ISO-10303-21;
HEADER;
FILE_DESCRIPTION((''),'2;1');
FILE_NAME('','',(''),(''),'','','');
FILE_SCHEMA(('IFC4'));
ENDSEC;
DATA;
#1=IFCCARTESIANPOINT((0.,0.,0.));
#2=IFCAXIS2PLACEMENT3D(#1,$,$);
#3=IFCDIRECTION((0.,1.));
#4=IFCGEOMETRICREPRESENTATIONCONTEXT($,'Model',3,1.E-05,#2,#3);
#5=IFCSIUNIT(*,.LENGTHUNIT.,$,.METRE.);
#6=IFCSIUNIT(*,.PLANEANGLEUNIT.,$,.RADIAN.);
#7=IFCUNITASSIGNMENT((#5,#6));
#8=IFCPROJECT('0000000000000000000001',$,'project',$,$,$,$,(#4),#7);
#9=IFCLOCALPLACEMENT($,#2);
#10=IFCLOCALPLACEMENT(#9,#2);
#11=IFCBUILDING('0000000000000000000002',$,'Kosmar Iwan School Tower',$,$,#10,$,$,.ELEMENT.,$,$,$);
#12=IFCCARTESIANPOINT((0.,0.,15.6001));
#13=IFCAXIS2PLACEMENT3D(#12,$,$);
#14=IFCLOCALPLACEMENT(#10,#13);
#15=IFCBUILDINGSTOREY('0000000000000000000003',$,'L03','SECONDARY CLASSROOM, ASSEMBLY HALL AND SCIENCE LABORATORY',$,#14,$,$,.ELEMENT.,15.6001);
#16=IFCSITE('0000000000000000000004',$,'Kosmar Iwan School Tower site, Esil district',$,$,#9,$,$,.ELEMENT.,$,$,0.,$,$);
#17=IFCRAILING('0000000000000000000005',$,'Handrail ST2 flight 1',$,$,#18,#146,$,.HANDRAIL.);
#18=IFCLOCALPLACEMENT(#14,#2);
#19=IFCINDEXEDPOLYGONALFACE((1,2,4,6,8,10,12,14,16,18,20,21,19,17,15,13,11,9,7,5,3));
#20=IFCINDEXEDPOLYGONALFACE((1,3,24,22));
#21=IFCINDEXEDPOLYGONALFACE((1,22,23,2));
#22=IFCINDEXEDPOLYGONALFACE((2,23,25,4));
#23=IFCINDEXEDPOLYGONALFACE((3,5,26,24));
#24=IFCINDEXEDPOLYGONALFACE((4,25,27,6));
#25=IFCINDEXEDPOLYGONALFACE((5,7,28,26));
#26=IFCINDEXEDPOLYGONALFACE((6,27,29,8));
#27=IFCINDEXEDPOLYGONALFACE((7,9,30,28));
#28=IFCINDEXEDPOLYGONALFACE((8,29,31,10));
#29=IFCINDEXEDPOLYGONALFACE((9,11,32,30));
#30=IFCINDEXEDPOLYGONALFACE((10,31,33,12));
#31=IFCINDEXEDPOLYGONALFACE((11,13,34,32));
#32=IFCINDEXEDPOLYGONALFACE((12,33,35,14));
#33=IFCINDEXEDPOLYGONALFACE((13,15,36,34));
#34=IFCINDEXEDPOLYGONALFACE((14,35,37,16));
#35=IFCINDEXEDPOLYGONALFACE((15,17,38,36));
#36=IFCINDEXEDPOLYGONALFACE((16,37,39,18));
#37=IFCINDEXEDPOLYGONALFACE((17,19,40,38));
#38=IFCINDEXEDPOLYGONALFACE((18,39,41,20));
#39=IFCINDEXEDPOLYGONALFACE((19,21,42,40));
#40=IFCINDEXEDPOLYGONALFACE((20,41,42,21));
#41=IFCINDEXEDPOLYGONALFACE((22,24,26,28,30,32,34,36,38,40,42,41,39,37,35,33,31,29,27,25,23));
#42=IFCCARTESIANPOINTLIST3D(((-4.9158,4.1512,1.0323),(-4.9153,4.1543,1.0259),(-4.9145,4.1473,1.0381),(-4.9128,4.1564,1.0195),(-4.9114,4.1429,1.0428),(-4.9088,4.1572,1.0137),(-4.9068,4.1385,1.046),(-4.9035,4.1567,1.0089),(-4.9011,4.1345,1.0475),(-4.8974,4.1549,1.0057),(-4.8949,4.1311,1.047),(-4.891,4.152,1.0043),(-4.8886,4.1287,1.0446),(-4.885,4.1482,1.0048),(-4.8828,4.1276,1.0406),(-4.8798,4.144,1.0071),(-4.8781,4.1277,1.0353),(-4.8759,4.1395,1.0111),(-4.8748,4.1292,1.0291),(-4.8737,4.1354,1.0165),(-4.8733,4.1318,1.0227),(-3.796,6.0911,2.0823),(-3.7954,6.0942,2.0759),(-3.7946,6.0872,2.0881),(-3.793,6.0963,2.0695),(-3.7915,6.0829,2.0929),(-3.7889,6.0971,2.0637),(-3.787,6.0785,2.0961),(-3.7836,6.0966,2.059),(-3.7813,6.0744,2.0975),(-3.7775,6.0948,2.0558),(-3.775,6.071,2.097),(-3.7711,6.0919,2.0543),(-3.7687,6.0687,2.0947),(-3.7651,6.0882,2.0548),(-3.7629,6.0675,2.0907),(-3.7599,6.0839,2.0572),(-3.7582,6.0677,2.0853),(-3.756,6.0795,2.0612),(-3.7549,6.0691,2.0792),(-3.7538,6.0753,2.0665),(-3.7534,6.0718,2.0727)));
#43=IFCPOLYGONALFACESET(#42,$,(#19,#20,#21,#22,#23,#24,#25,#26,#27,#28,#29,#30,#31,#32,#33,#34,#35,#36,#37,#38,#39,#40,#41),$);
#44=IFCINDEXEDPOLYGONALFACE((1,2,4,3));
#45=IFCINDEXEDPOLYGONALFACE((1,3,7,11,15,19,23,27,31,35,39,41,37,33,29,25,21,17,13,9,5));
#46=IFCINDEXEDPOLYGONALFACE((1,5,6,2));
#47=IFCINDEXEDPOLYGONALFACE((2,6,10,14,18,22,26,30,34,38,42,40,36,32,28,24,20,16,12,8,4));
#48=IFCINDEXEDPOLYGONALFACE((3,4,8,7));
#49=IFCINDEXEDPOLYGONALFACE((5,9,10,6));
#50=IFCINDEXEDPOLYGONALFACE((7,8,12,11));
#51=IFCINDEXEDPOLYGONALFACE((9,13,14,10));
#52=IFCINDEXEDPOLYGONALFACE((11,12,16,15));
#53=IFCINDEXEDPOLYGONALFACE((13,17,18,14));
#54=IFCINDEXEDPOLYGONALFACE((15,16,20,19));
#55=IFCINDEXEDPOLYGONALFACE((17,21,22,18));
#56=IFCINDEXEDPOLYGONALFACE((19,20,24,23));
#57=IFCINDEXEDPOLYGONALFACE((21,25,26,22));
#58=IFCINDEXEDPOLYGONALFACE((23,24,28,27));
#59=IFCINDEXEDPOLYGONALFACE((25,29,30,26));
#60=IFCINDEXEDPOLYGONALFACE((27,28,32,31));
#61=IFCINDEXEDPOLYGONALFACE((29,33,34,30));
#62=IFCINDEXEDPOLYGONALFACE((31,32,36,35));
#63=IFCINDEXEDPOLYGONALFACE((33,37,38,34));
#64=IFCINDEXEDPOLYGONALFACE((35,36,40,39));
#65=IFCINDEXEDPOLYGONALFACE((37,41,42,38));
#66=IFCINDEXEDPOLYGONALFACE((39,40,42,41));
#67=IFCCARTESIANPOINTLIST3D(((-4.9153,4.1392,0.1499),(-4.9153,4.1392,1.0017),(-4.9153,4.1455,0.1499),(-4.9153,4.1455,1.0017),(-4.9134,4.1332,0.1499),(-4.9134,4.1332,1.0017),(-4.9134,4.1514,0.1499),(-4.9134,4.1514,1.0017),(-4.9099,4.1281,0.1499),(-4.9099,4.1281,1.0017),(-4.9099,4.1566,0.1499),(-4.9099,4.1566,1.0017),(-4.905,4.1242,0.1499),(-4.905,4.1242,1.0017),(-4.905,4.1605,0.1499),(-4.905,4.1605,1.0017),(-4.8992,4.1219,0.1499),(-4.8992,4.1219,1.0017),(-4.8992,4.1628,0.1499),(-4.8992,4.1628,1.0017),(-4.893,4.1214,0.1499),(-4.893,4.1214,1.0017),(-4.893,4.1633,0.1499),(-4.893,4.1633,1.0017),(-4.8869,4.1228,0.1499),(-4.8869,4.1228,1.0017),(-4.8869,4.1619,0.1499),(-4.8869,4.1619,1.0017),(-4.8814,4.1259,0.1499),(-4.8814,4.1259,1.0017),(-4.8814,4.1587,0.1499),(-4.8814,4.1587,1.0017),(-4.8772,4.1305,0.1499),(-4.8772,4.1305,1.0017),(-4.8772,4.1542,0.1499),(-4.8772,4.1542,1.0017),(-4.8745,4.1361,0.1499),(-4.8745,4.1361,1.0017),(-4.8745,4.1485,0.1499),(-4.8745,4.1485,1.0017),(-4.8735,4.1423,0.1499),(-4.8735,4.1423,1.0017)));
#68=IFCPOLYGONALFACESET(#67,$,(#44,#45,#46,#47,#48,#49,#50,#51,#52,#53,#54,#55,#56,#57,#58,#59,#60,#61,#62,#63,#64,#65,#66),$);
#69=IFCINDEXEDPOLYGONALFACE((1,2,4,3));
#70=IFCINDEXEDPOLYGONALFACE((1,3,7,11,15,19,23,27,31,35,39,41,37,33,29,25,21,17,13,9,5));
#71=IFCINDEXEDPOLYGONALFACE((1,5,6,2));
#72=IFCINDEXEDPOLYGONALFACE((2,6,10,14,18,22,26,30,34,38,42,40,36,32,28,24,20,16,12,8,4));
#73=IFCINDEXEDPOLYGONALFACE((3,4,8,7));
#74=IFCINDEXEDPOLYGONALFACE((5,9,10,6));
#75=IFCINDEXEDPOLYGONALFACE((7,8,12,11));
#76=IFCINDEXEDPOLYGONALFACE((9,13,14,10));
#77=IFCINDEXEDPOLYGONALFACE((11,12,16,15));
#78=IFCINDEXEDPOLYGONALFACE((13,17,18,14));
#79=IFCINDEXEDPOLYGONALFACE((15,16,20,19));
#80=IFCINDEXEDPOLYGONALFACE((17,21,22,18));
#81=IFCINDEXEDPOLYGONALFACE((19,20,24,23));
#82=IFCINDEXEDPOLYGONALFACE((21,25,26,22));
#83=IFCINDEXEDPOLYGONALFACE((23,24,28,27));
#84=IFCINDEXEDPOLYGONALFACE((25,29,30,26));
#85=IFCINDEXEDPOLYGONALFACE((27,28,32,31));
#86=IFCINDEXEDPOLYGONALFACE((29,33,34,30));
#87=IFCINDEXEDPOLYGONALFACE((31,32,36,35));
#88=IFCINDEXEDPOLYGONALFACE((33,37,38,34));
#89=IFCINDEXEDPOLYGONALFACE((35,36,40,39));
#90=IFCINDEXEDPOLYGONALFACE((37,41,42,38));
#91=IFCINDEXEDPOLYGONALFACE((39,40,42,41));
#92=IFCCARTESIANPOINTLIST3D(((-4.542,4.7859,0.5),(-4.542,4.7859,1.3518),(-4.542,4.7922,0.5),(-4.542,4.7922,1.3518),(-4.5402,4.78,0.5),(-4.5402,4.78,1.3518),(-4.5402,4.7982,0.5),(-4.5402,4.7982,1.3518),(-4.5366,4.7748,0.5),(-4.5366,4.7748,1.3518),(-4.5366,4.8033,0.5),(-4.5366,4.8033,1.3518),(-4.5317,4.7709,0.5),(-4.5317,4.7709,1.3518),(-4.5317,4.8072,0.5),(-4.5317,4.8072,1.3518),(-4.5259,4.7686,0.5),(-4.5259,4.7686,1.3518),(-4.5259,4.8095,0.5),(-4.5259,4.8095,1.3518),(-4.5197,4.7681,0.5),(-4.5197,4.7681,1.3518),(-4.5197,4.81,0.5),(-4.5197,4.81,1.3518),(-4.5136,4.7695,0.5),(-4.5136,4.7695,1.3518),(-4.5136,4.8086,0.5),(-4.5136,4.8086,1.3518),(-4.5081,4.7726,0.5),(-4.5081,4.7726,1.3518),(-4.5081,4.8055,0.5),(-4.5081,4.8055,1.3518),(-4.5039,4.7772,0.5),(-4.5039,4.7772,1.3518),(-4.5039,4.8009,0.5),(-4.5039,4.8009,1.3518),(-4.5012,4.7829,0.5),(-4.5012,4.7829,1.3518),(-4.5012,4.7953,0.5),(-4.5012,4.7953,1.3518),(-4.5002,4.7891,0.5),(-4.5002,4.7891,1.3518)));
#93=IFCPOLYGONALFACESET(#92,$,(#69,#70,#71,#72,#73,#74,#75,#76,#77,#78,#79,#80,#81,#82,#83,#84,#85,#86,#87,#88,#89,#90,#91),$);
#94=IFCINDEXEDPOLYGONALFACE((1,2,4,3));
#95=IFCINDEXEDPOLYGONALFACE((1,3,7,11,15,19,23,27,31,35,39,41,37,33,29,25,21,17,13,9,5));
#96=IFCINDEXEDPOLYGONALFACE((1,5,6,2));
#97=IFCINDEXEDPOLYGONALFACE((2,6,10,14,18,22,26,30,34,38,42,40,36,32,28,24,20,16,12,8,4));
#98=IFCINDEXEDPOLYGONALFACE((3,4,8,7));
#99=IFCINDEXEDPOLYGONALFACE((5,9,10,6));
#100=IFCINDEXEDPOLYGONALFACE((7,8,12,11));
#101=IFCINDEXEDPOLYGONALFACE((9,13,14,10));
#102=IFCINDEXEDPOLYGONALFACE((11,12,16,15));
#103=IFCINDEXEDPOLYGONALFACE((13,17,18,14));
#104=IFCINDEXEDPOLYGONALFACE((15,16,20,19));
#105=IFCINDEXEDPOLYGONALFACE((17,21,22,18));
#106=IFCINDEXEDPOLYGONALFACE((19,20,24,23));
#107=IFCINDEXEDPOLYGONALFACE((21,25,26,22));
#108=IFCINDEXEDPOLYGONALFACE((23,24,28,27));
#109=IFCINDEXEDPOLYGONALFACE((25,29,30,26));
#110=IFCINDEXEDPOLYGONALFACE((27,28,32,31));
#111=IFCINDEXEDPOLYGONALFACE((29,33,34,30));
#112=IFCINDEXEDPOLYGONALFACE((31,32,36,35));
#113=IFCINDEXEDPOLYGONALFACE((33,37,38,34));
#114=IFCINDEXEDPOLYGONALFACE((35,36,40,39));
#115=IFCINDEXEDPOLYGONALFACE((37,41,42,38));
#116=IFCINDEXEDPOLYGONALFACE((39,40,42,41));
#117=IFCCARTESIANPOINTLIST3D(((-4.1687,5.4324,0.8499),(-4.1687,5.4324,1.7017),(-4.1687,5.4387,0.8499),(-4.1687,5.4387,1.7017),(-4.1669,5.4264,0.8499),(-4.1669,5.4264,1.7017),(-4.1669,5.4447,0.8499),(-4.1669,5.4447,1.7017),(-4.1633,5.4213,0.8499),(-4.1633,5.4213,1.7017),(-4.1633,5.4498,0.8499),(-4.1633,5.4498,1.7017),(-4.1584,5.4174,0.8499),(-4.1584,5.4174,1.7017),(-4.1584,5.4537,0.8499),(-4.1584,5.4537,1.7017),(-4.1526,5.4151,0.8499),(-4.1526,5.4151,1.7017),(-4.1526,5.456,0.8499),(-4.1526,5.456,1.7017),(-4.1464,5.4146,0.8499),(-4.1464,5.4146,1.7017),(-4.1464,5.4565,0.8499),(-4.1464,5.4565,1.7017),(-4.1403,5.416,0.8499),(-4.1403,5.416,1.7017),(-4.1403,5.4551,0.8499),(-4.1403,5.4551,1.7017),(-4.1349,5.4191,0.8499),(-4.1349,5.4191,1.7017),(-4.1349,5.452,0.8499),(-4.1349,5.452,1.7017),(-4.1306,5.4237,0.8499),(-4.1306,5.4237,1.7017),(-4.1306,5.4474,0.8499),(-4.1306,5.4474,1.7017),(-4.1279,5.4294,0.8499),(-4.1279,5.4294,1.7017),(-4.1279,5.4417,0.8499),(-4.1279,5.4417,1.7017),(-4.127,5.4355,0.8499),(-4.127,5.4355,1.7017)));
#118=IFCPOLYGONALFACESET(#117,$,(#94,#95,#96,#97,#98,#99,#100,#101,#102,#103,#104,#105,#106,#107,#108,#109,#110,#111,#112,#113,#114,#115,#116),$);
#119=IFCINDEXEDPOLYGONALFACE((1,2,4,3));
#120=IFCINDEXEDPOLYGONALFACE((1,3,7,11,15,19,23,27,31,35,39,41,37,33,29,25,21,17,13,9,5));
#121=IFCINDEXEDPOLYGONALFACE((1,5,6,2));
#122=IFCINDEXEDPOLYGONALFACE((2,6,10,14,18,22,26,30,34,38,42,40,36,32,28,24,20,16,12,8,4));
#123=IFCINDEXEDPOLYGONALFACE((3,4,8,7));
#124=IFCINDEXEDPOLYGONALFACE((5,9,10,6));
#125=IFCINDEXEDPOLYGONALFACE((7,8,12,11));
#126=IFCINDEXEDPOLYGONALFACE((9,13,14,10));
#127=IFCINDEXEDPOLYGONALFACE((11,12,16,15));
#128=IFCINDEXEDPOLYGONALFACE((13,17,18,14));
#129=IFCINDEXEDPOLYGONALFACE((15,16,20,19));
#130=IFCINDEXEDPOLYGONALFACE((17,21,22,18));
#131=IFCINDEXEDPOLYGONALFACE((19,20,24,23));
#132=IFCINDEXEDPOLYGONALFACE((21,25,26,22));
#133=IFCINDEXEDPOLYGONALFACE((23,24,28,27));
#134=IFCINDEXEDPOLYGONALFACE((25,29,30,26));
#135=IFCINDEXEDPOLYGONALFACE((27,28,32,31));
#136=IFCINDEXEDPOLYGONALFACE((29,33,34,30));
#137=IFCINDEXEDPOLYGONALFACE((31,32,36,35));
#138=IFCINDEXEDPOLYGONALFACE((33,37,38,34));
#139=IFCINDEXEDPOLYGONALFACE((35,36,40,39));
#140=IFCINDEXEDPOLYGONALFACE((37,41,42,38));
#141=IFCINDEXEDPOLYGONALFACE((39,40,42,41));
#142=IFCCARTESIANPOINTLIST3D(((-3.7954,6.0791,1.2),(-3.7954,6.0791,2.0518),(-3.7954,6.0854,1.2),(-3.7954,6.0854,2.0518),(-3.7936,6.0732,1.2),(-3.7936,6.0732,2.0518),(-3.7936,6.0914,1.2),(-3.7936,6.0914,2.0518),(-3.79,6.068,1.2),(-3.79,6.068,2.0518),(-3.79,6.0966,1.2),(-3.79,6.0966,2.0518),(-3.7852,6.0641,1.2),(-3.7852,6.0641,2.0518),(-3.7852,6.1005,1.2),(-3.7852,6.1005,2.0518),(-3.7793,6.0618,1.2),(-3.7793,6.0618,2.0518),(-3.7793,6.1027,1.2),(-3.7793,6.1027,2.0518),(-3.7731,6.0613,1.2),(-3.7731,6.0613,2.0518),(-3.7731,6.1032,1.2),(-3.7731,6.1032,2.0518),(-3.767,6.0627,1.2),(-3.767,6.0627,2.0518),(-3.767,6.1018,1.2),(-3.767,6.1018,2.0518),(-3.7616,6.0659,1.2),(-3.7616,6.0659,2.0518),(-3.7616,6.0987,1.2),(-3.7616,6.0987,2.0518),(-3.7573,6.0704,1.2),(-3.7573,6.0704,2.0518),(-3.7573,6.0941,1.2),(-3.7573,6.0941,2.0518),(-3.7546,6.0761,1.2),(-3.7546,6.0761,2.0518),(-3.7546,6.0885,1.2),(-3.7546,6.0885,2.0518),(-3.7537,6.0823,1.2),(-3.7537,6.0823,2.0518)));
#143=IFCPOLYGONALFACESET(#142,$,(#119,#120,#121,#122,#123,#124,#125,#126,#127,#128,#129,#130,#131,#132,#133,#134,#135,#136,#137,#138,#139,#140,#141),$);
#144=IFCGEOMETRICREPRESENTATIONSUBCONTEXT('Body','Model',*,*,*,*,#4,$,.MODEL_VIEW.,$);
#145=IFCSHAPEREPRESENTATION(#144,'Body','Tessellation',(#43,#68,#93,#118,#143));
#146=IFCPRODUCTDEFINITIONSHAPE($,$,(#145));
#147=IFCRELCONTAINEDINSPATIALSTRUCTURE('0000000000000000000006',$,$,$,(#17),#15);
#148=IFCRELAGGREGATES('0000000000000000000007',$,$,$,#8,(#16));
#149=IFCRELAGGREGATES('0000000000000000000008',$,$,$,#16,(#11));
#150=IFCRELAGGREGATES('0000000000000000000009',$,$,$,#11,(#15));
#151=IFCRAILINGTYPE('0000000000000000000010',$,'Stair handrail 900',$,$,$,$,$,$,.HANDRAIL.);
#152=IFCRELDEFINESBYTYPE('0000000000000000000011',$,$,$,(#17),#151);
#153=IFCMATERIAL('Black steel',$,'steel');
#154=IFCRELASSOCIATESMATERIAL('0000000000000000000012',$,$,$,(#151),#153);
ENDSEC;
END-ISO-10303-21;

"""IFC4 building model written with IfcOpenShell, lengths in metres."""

from ifc_helpers import new_model, si_unit, direction, frame, origin, origin_2d, place, context, subcontext, project, spatial, circle, extrude, material, type_object, element, save


model = new_model("IFC4")

# Units and contexts
model_context = context("Model", 3, precision=1e-05, world=origin(), true_north=direction((0.0, 1.0)))
body_context = subcontext(model_context, "Body", "Model", "MODEL_VIEW")
ifc_project = project(units=[si_unit("LENGTHUNIT", "METRE"), si_unit("PLANEANGLEUNIT", "RADIAN")], contexts=[model_context])

# Site, building, storey
site_placement = place(None, origin())
site = spatial("IfcSite", under=ifc_project, at=site_placement, Name="Kosmar Iwan School Tower site, Esil district", CompositionType="ELEMENT", RefElevation=0.0)
building_placement = place(site_placement, origin())
building = spatial("IfcBuilding", under=site, at=building_placement, Name="Kosmar Iwan School Tower", CompositionType="ELEMENT")
storey_placement = place(building_placement, frame((0.0, 0.0, 15.6001)))
storey = spatial("IfcBuildingStorey", under=building, at=storey_placement, Name="L03", Description="SECONDARY CLASSROOM, ASSEMBLY HALL AND SCIENCE LABORATORY", CompositionType="ELEMENT", Elevation=15.6001)

# Railing
ifc_material_1 = material(Name="Black steel", Category="steel")
railing_type = type_object("IfcRailingType", Name="Stair handrail 900", PredefinedType="HANDRAIL", material=ifc_material_1)
railing_1_placement = place(storey_placement, frame((-4.8945, 4.1423, 0.1499)))
element("IfcRailing", 1, at=railing_1_placement, inside=storey, type_object=railing_type, Name="Handrail ST2 flight 1", PredefinedType="HANDRAIL", context=body_context, shape_type="SweptSolid", body=[
    extrude(circle(Radius=0.0239, at=origin_2d()), frame((0.0, 0.0, 0.876), z_axis=(0.452678, 0.784169, 0.424454), x_axis=(-0.866055, 0.499949, 0.0)), (0.0, 0.0, 1.0), 2.4739),
    extrude(circle(Radius=0.021, at=origin_2d()), origin(), (0.0, 0.0, 1.0), 0.8518),
    extrude(circle(Radius=0.021, at=origin_2d()), frame((0.3733, 0.6467, 0.3501)), (0.0, 0.0, 1.0), 0.8518),
    extrude(circle(Radius=0.021, at=origin_2d()), frame((0.7466, 1.2932, 0.7)), (0.0, 0.0, 1.0), 0.8518),
    extrude(circle(Radius=0.021, at=origin_2d()), frame((1.1199, 1.9399, 1.05)), (0.0, 0.0, 1.0), 0.8518),
])

save(model, "model.ifc")
